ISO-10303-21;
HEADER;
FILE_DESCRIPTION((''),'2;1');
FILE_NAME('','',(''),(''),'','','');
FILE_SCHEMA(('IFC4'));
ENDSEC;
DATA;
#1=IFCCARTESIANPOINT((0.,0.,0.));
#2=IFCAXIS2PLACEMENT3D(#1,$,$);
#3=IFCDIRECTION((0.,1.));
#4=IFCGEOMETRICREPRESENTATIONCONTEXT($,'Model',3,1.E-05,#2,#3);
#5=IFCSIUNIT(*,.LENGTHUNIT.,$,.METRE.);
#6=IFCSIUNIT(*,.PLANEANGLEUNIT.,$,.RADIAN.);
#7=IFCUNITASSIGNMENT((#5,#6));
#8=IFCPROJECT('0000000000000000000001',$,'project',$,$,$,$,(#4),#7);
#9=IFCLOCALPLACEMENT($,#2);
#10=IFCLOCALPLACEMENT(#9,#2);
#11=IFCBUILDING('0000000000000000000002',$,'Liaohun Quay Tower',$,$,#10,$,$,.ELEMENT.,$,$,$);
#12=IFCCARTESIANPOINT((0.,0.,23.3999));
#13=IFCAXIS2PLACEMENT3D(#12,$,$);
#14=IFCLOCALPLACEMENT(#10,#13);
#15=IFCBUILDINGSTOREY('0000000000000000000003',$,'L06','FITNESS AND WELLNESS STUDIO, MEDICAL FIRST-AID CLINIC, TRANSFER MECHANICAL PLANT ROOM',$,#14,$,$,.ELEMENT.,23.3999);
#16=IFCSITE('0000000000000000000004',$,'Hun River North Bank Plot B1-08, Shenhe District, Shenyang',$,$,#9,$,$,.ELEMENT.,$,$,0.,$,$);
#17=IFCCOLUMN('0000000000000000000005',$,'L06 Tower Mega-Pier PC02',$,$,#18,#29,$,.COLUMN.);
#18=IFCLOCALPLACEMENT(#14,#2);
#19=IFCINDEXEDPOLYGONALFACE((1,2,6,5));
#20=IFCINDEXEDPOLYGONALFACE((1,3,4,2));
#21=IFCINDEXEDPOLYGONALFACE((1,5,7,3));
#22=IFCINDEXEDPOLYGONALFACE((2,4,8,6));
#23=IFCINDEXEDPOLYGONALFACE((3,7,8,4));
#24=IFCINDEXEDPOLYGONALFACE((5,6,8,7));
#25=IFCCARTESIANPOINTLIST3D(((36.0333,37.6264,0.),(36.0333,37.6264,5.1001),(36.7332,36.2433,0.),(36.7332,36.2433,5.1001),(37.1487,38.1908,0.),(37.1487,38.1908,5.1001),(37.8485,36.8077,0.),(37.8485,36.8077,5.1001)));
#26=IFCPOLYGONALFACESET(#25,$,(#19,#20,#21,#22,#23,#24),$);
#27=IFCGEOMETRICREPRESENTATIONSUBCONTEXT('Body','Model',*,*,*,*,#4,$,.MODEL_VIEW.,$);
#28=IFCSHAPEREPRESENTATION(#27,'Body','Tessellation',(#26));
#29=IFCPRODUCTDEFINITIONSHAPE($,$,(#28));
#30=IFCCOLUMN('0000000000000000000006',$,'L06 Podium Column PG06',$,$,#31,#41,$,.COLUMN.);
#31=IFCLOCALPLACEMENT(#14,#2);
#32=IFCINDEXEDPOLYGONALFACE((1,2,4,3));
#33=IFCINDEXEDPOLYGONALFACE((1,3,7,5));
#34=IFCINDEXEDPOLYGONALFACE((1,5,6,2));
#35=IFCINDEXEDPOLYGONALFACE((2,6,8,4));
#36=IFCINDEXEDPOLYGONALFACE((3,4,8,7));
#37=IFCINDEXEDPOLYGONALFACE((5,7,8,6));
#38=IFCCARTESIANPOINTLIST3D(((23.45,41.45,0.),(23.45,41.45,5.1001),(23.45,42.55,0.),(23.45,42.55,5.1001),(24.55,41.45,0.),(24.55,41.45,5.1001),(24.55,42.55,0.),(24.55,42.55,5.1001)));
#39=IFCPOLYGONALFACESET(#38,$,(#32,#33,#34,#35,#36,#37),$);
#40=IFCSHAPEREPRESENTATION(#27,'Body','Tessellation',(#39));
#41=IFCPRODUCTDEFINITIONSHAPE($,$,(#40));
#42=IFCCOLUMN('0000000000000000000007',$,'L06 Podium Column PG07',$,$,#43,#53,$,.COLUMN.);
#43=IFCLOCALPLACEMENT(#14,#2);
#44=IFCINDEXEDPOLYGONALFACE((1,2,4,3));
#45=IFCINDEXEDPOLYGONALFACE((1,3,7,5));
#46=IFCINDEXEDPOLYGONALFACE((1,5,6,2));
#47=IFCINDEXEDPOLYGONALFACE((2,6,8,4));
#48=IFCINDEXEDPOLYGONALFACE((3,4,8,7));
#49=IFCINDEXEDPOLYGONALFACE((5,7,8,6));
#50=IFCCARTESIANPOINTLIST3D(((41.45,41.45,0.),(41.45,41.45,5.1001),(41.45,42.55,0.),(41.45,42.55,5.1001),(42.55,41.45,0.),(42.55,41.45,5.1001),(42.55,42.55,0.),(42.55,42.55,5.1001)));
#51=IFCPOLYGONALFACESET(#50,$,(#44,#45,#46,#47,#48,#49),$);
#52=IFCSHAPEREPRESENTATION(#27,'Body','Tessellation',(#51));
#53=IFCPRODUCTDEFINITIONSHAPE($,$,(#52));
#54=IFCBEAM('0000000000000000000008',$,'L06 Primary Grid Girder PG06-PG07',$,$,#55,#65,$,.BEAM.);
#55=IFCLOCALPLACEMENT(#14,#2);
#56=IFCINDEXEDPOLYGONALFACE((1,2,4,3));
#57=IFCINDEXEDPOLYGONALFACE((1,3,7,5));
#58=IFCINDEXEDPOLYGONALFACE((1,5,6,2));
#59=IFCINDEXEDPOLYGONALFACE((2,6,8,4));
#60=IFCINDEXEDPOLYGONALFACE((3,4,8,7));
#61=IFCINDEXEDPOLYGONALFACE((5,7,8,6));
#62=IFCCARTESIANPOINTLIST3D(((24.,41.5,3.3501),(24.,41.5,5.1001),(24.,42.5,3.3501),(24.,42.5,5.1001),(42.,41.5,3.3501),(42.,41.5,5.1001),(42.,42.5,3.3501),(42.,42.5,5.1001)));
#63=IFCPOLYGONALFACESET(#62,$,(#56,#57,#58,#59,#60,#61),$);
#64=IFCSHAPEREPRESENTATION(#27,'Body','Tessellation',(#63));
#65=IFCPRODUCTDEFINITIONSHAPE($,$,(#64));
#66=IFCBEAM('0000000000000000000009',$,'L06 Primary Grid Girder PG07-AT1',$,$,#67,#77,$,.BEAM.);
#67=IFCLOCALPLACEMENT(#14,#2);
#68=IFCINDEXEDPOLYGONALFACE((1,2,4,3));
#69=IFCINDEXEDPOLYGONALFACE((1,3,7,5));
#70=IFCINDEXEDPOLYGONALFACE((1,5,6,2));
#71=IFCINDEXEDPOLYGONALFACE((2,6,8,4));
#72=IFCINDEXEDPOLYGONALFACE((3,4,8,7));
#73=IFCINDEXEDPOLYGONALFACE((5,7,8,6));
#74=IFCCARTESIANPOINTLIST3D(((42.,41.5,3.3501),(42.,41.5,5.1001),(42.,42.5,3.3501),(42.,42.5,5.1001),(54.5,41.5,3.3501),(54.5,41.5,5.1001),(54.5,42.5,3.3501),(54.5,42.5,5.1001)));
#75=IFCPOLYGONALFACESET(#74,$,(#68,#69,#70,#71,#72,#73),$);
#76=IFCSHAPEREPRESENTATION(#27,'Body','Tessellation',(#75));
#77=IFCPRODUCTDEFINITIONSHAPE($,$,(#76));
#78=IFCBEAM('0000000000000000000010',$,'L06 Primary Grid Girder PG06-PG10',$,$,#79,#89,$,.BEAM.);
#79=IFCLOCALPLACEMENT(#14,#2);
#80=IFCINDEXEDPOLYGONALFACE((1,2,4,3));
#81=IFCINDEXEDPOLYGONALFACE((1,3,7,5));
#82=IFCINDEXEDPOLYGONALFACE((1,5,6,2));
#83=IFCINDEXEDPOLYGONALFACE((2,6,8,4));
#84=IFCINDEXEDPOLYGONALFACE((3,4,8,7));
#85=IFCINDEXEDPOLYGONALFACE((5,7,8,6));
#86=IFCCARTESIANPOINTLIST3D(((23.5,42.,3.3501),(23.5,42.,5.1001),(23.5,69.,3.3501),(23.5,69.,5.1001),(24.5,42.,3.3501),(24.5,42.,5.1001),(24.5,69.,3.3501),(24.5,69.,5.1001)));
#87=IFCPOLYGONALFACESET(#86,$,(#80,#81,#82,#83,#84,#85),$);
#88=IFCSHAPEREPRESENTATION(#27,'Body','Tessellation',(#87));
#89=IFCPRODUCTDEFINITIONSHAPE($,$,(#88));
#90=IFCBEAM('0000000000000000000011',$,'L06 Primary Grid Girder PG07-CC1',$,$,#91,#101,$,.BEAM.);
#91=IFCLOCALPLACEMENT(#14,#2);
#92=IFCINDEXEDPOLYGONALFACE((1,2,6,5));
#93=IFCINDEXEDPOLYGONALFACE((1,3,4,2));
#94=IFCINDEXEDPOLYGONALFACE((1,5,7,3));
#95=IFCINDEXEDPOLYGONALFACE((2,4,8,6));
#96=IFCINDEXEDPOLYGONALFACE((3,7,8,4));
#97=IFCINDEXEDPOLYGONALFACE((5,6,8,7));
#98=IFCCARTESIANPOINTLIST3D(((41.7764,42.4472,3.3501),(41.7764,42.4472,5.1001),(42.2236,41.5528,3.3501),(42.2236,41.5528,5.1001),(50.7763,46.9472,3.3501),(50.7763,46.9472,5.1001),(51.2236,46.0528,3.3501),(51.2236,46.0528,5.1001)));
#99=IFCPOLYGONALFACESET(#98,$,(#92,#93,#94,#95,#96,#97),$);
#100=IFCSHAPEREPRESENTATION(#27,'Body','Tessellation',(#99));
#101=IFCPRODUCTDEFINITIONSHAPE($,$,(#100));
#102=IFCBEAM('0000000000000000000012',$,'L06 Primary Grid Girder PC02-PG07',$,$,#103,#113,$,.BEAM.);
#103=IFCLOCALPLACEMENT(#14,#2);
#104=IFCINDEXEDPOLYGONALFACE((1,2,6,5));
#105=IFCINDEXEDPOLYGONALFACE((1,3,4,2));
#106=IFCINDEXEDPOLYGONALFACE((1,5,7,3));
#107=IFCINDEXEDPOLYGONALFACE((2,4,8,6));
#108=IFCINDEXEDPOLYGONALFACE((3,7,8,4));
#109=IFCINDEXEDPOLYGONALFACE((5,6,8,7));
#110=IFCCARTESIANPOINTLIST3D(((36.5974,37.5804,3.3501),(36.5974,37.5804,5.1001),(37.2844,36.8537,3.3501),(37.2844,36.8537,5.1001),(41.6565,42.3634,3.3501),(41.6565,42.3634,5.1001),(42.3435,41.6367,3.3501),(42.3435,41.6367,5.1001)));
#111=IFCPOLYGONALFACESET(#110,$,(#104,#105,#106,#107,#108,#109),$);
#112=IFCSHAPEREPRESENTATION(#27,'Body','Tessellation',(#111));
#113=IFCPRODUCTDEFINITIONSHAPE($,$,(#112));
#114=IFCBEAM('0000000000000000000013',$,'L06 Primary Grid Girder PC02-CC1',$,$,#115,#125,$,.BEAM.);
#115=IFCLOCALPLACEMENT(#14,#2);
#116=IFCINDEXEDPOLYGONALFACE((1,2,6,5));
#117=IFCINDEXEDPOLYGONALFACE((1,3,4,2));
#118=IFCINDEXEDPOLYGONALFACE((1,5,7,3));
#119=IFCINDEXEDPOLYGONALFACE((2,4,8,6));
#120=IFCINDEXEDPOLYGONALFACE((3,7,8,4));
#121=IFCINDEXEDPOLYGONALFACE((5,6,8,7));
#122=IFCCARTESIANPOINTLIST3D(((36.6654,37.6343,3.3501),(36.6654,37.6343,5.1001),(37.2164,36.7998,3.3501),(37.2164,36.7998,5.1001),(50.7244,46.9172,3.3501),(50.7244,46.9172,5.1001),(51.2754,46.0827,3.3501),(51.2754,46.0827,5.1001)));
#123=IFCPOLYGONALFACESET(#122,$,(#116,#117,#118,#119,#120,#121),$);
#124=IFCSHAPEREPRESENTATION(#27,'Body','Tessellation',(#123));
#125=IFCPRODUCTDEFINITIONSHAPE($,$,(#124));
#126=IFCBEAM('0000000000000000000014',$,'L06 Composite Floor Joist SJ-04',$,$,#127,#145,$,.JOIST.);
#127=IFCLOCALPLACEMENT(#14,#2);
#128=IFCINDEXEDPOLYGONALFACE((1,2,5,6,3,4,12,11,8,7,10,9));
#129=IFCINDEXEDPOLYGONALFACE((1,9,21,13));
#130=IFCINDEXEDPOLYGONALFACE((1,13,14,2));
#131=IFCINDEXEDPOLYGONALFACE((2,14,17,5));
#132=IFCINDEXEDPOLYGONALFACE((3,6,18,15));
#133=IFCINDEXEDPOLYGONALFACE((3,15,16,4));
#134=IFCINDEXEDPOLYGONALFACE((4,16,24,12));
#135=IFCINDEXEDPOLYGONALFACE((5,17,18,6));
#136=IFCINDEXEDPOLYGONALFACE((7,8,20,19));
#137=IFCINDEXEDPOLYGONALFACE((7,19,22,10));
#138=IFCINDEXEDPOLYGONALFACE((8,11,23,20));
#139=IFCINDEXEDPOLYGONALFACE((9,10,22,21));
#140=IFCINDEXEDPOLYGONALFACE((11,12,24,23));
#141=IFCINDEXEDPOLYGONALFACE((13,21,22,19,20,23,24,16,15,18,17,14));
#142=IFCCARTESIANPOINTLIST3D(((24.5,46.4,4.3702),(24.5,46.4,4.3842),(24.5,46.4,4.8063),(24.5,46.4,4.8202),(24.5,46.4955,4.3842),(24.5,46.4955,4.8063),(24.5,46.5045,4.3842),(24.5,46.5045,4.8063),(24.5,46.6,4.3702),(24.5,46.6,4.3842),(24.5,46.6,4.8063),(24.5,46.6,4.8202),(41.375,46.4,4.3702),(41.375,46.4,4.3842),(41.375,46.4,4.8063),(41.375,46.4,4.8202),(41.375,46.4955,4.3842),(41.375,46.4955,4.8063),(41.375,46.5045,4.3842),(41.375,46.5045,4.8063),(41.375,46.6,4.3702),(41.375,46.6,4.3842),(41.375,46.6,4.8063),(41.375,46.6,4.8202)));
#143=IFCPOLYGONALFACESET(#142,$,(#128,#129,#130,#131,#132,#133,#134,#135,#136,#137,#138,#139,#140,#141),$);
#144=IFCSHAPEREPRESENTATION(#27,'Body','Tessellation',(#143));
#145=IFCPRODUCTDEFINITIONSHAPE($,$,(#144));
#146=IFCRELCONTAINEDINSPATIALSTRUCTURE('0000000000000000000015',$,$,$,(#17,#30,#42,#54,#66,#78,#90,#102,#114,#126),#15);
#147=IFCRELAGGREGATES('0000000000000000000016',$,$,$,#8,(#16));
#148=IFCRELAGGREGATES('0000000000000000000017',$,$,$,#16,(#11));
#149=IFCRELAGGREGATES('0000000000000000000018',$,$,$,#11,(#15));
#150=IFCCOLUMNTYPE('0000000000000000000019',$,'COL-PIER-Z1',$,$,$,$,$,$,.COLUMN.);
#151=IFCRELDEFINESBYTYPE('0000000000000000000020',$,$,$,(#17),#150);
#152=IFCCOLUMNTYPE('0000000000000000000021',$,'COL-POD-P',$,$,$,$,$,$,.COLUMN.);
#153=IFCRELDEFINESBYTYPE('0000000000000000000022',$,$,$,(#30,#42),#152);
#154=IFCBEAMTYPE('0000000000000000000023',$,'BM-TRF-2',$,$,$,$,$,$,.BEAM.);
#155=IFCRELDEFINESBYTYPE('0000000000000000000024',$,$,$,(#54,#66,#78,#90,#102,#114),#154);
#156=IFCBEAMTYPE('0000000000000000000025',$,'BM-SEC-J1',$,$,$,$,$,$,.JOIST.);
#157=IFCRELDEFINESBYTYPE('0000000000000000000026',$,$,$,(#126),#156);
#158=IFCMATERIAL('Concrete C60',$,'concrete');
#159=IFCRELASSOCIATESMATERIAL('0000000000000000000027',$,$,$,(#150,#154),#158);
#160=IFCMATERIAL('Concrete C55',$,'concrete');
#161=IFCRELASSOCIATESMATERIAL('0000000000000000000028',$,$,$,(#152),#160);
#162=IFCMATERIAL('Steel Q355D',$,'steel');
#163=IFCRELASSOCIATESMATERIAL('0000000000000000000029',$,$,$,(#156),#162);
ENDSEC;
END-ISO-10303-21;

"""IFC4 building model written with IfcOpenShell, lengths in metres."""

from ifc_helpers import new_model, si_unit, direction, frame, origin, origin_2d, place, context, subcontext, project, spatial, rectangle, i_section, extrude, source, transform, mapped, material, material_profile, profile_set, type_object, element, save


model = new_model("IFC4")

# Units and contexts
model_context = context("Model", 3, precision=1e-05, world=origin(), true_north=direction((0.0, 1.0)))
body_context = subcontext(model_context, "Body", "Model", "MODEL_VIEW")
ifc_project = project(units=[si_unit("LENGTHUNIT", "METRE"), si_unit("PLANEANGLEUNIT", "RADIAN")], contexts=[model_context])

# Site, building, storey
site_placement = place(None, origin())
site = spatial("IfcSite", under=ifc_project, at=site_placement, Name="Hun River North Bank Plot B1-08, Shenhe District, Shenyang", CompositionType="ELEMENT", RefElevation=0.0)
building_placement = place(site_placement, origin())
building = spatial("IfcBuilding", under=site, at=building_placement, Name="Liaohun Quay Tower", CompositionType="ELEMENT")
storey_placement = place(building_placement, frame((0.0, 0.0, 23.3999)))
storey = spatial("IfcBuildingStorey", under=building, at=storey_placement, Name="L06", Description="FITNESS AND WELLNESS STUDIO, MEDICAL FIRST-AID CLINIC, TRANSFER MECHANICAL PLANT ROOM", CompositionType="ELEMENT", Elevation=23.3999)

# Columns
ifc_material_1 = material(Name="Concrete C60", Category="concrete")
ifc_material_profile_1 = material_profile(ifc_material_1, rectangle(XDim=1.55, YDim=1.25, at=origin_2d()), Name="RC1550x1250")
ifc_profile_set_1 = profile_set([ifc_material_profile_1], Name="Concrete C60")
column_type_1 = type_object("IfcColumnType", Name="COL-PIER-Z1", PredefinedType="COLUMN", material=ifc_profile_set_1)
shared_shape_1 = source(origin(), body_context, "Body", "SweptSolid", [
    extrude(rectangle(XDim=1.55, YDim=1.25, at=origin_2d()), origin(), (0.0, 0.0, 1.0), 5.1001),
])
column_placement = place(storey_placement, frame((36.9409, 37.217, 0.0), z_axis=(0.0, 0.0, 1.0), x_axis=(-0.451501, 0.892271, 0.0)))
element("IfcColumn", 1, at=column_placement, inside=storey, type_object=column_type_1, Name="L06 Tower Mega-Pier PC02", PredefinedType="COLUMN", context=body_context, shape_type="MappedRepresentation", body=[
    mapped(shared_shape_1, transform((0.0, 0.0, 0.0), x_axis=(1.0, 0.0, 0.0), y_axis=(0.0, 1.0, 0.0), z_axis=(0.0, 0.0, 1.0), scale=1.0)),
])
ifc_material_2 = material(Name="Concrete C55", Category="concrete")
ifc_material_profile_2 = material_profile(ifc_material_2, rectangle(XDim=1.1001, YDim=1.1001, at=origin_2d()), Name="RC1100x1100")
ifc_profile_set_2 = profile_set([ifc_material_profile_2], Name="Concrete C55")
column_type_2 = type_object("IfcColumnType", Name="COL-POD-P", PredefinedType="COLUMN", material=ifc_profile_set_2)
shared_shape_2 = source(origin(), body_context, "Body", "SweptSolid", [
    extrude(rectangle(XDim=1.1001, YDim=1.1001, at=origin_2d()), origin(), (0.0, 0.0, 1.0), 5.1001),
])
for number, where, z_axis, x_axis, name in (
    (2, (24.0, 42.0, 0.0), (0.0, 0.0, 1.0), (1.0, 0.0, 0.0), "L06 Podium Column PG06"),
    (3, (42.0, 42.0, 0.0), (0.0, 0.0, 1.0), (1.0, 0.0, 0.0), "L06 Podium Column PG07"),
):
    element("IfcColumn", number, at=place(storey_placement, frame(where, z_axis=z_axis, x_axis=x_axis)), inside=storey, type_object=column_type_2, Name=name, PredefinedType="COLUMN", context=body_context, shape_type="MappedRepresentation", body=[
        mapped(shared_shape_2, transform((0.0, 0.0, 0.0), x_axis=(1.0, 0.0, 0.0), y_axis=(0.0, 1.0, 0.0), z_axis=(0.0, 0.0, 1.0), scale=1.0)),
    ])

# Beams
ifc_material_profile_3 = material_profile(ifc_material_1, rectangle(XDim=1.0, YDim=1.75, at=origin_2d()), Name="RC1000x1750")
ifc_profile_set_3 = profile_set([ifc_material_profile_3], Name="Concrete C60")
beam_type_1 = type_object("IfcBeamType", Name="BM-TRF-2", PredefinedType="BEAM", material=ifc_profile_set_3)
shared_shape_3 = source(origin(), body_context, "Body", "SweptSolid", [
    extrude(rectangle(XDim=1.0, YDim=1.75, at=origin_2d()), origin(), (0.0, 0.0, 1.0), 18.0),
])
beam_1_placement = place(storey_placement, frame((24.0, 42.0, 4.2251), z_axis=(1.0, 0.0, 0.0), x_axis=(0.0, 1.0, 0.0)))
element("IfcBeam", 4, at=beam_1_placement, inside=storey, type_object=beam_type_1, Name="L06 Primary Grid Girder PG06-PG07", PredefinedType="BEAM", context=body_context, shape_type="MappedRepresentation", body=[
    mapped(shared_shape_3, transform((0.0, 0.0, 0.0), x_axis=(1.0, 0.0, 0.0), y_axis=(0.0, 1.0, 0.0), z_axis=(0.0, 0.0, 1.0), scale=1.0)),
])
shared_shape_4 = source(origin(), body_context, "Body", "SweptSolid", [
    extrude(rectangle(XDim=1.0, YDim=1.75, at=origin_2d()), origin(), (0.0, 0.0, 1.0), 12.5),
])
beam_2_placement = place(storey_placement, frame((42.0, 42.0, 4.2251), z_axis=(1.0, 0.0, 0.0), x_axis=(0.0, 1.0, 0.0)))
element("IfcBeam", 5, at=beam_2_placement, inside=storey, type_object=beam_type_1, Name="L06 Primary Grid Girder PG07-AT1", PredefinedType="BEAM", context=body_context, shape_type="MappedRepresentation", body=[
    mapped(shared_shape_4, transform((0.0, 0.0, 0.0), x_axis=(1.0, 0.0, 0.0), y_axis=(0.0, 1.0, 0.0), z_axis=(0.0, 0.0, 1.0), scale=1.0)),
])
shared_shape_5 = source(origin(), body_context, "Body", "SweptSolid", [
    extrude(rectangle(XDim=1.0, YDim=1.75, at=origin_2d()), origin(), (0.0, 0.0, 1.0), 27.0),
])
beam_3_placement = place(storey_placement, frame((24.0, 42.0, 4.2251), z_axis=(0.0, 1.0, 0.0), x_axis=(-1.0, 0.0, 0.0)))
element("IfcBeam", 6, at=beam_3_placement, inside=storey, type_object=beam_type_1, Name="L06 Primary Grid Girder PG06-PG10", PredefinedType="BEAM", context=body_context, shape_type="MappedRepresentation", body=[
    mapped(shared_shape_5, transform((0.0, 0.0, 0.0), x_axis=(1.0, 0.0, 0.0), y_axis=(0.0, 1.0, 0.0), z_axis=(0.0, 0.0, 1.0), scale=1.0)),
])
shared_shape_6 = source(origin(), body_context, "Body", "SweptSolid", [
    extrude(rectangle(XDim=1.0, YDim=1.75, at=origin_2d()), origin(), (0.0, 0.0, 1.0), 10.0623),
])
beam_4_placement = place(storey_placement, frame((42.0, 42.0, 4.2251), z_axis=(0.894427, 0.447214, 0.0), x_axis=(-0.447214, 0.894427, 0.0)))
element("IfcBeam", 7, at=beam_4_placement, inside=storey, type_object=beam_type_1, Name="L06 Primary Grid Girder PG07-CC1", PredefinedType="BEAM", context=body_context, shape_type="MappedRepresentation", body=[
    mapped(shared_shape_6, transform((0.0, 0.0, 0.0), x_axis=(1.0, 0.0, 0.0), y_axis=(0.0, 1.0, 0.0), z_axis=(0.0, 0.0, 1.0), scale=1.0)),
])
shared_shape_7 = source(origin(), body_context, "Body", "SweptSolid", [
    extrude(rectangle(XDim=1.0, YDim=1.75, at=origin_2d()), origin(), (0.0, 0.0, 1.0), 6.9622),
])
beam_5_placement = place(storey_placement, frame((36.9409, 37.217, 4.2251), z_axis=(0.726659, 0.686998, 0.0), x_axis=(-0.686998, 0.726659, 0.0)))
element("IfcBeam", 8, at=beam_5_placement, inside=storey, type_object=beam_type_1, Name="L06 Primary Grid Girder PC02-PG07", PredefinedType="BEAM", context=body_context, shape_type="MappedRepresentation", body=[
    mapped(shared_shape_7, transform((0.0, 0.0, 0.0), x_axis=(1.0, 0.0, 0.0), y_axis=(0.0, 1.0, 0.0), z_axis=(0.0, 0.0, 1.0), scale=1.0)),
])
shared_shape_8 = source(origin(), body_context, "Body", "SweptSolid", [
    extrude(rectangle(XDim=1.0, YDim=1.75, at=origin_2d()), origin(), (0.0, 0.0, 1.0), 16.8472),
])
beam_6_placement = place(storey_placement, frame((36.9409, 37.217, 4.2251), z_axis=(0.834501, 0.551006, 0.0), x_axis=(-0.551006, 0.834501, 0.0)))
element("IfcBeam", 9, at=beam_6_placement, inside=storey, type_object=beam_type_1, Name="L06 Primary Grid Girder PC02-CC1", PredefinedType="BEAM", context=body_context, shape_type="MappedRepresentation", body=[
    mapped(shared_shape_8, transform((0.0, 0.0, 0.0), x_axis=(1.0, 0.0, 0.0), y_axis=(0.0, 1.0, 0.0), z_axis=(0.0, 0.0, 1.0), scale=1.0)),
])
ifc_material_3 = material(Name="Steel Q355D", Category="steel")
ifc_material_profile_4 = material_profile(ifc_material_3, i_section(OverallWidth=0.2, OverallDepth=0.45, WebThickness=0.009, FlangeThickness=0.0139, at=origin_2d()), Name="HN450x200x9x14")
ifc_profile_set_4 = profile_set([ifc_material_profile_4], Name="Steel Q355D")
beam_type_2 = type_object("IfcBeamType", Name="BM-SEC-J1", PredefinedType="JOIST", material=ifc_profile_set_4)
shared_shape_9 = source(origin(), body_context, "Body", "SweptSolid", [
    extrude(i_section(OverallWidth=0.2, OverallDepth=0.45, WebThickness=0.009, FlangeThickness=0.0139, at=origin_2d()), origin(), (0.0, 0.0, 1.0), 16.875),
])
beam_7_placement = place(storey_placement, frame((24.5, 46.5, 4.5952), z_axis=(1.0, 0.0, 0.0), x_axis=(0.0, 1.0, 0.0)))
element("IfcBeam", 10, at=beam_7_placement, inside=storey, type_object=beam_type_2, Name="L06 Composite Floor Joist SJ-04", PredefinedType="JOIST", context=body_context, shape_type="MappedRepresentation", body=[
    mapped(shared_shape_9, transform((0.0, 0.0, 0.0), x_axis=(1.0, 0.0, 0.0), y_axis=(0.0, 1.0, 0.0), z_axis=(0.0, 0.0, 1.0), scale=1.0)),
])

save(model, "model.ifc")
